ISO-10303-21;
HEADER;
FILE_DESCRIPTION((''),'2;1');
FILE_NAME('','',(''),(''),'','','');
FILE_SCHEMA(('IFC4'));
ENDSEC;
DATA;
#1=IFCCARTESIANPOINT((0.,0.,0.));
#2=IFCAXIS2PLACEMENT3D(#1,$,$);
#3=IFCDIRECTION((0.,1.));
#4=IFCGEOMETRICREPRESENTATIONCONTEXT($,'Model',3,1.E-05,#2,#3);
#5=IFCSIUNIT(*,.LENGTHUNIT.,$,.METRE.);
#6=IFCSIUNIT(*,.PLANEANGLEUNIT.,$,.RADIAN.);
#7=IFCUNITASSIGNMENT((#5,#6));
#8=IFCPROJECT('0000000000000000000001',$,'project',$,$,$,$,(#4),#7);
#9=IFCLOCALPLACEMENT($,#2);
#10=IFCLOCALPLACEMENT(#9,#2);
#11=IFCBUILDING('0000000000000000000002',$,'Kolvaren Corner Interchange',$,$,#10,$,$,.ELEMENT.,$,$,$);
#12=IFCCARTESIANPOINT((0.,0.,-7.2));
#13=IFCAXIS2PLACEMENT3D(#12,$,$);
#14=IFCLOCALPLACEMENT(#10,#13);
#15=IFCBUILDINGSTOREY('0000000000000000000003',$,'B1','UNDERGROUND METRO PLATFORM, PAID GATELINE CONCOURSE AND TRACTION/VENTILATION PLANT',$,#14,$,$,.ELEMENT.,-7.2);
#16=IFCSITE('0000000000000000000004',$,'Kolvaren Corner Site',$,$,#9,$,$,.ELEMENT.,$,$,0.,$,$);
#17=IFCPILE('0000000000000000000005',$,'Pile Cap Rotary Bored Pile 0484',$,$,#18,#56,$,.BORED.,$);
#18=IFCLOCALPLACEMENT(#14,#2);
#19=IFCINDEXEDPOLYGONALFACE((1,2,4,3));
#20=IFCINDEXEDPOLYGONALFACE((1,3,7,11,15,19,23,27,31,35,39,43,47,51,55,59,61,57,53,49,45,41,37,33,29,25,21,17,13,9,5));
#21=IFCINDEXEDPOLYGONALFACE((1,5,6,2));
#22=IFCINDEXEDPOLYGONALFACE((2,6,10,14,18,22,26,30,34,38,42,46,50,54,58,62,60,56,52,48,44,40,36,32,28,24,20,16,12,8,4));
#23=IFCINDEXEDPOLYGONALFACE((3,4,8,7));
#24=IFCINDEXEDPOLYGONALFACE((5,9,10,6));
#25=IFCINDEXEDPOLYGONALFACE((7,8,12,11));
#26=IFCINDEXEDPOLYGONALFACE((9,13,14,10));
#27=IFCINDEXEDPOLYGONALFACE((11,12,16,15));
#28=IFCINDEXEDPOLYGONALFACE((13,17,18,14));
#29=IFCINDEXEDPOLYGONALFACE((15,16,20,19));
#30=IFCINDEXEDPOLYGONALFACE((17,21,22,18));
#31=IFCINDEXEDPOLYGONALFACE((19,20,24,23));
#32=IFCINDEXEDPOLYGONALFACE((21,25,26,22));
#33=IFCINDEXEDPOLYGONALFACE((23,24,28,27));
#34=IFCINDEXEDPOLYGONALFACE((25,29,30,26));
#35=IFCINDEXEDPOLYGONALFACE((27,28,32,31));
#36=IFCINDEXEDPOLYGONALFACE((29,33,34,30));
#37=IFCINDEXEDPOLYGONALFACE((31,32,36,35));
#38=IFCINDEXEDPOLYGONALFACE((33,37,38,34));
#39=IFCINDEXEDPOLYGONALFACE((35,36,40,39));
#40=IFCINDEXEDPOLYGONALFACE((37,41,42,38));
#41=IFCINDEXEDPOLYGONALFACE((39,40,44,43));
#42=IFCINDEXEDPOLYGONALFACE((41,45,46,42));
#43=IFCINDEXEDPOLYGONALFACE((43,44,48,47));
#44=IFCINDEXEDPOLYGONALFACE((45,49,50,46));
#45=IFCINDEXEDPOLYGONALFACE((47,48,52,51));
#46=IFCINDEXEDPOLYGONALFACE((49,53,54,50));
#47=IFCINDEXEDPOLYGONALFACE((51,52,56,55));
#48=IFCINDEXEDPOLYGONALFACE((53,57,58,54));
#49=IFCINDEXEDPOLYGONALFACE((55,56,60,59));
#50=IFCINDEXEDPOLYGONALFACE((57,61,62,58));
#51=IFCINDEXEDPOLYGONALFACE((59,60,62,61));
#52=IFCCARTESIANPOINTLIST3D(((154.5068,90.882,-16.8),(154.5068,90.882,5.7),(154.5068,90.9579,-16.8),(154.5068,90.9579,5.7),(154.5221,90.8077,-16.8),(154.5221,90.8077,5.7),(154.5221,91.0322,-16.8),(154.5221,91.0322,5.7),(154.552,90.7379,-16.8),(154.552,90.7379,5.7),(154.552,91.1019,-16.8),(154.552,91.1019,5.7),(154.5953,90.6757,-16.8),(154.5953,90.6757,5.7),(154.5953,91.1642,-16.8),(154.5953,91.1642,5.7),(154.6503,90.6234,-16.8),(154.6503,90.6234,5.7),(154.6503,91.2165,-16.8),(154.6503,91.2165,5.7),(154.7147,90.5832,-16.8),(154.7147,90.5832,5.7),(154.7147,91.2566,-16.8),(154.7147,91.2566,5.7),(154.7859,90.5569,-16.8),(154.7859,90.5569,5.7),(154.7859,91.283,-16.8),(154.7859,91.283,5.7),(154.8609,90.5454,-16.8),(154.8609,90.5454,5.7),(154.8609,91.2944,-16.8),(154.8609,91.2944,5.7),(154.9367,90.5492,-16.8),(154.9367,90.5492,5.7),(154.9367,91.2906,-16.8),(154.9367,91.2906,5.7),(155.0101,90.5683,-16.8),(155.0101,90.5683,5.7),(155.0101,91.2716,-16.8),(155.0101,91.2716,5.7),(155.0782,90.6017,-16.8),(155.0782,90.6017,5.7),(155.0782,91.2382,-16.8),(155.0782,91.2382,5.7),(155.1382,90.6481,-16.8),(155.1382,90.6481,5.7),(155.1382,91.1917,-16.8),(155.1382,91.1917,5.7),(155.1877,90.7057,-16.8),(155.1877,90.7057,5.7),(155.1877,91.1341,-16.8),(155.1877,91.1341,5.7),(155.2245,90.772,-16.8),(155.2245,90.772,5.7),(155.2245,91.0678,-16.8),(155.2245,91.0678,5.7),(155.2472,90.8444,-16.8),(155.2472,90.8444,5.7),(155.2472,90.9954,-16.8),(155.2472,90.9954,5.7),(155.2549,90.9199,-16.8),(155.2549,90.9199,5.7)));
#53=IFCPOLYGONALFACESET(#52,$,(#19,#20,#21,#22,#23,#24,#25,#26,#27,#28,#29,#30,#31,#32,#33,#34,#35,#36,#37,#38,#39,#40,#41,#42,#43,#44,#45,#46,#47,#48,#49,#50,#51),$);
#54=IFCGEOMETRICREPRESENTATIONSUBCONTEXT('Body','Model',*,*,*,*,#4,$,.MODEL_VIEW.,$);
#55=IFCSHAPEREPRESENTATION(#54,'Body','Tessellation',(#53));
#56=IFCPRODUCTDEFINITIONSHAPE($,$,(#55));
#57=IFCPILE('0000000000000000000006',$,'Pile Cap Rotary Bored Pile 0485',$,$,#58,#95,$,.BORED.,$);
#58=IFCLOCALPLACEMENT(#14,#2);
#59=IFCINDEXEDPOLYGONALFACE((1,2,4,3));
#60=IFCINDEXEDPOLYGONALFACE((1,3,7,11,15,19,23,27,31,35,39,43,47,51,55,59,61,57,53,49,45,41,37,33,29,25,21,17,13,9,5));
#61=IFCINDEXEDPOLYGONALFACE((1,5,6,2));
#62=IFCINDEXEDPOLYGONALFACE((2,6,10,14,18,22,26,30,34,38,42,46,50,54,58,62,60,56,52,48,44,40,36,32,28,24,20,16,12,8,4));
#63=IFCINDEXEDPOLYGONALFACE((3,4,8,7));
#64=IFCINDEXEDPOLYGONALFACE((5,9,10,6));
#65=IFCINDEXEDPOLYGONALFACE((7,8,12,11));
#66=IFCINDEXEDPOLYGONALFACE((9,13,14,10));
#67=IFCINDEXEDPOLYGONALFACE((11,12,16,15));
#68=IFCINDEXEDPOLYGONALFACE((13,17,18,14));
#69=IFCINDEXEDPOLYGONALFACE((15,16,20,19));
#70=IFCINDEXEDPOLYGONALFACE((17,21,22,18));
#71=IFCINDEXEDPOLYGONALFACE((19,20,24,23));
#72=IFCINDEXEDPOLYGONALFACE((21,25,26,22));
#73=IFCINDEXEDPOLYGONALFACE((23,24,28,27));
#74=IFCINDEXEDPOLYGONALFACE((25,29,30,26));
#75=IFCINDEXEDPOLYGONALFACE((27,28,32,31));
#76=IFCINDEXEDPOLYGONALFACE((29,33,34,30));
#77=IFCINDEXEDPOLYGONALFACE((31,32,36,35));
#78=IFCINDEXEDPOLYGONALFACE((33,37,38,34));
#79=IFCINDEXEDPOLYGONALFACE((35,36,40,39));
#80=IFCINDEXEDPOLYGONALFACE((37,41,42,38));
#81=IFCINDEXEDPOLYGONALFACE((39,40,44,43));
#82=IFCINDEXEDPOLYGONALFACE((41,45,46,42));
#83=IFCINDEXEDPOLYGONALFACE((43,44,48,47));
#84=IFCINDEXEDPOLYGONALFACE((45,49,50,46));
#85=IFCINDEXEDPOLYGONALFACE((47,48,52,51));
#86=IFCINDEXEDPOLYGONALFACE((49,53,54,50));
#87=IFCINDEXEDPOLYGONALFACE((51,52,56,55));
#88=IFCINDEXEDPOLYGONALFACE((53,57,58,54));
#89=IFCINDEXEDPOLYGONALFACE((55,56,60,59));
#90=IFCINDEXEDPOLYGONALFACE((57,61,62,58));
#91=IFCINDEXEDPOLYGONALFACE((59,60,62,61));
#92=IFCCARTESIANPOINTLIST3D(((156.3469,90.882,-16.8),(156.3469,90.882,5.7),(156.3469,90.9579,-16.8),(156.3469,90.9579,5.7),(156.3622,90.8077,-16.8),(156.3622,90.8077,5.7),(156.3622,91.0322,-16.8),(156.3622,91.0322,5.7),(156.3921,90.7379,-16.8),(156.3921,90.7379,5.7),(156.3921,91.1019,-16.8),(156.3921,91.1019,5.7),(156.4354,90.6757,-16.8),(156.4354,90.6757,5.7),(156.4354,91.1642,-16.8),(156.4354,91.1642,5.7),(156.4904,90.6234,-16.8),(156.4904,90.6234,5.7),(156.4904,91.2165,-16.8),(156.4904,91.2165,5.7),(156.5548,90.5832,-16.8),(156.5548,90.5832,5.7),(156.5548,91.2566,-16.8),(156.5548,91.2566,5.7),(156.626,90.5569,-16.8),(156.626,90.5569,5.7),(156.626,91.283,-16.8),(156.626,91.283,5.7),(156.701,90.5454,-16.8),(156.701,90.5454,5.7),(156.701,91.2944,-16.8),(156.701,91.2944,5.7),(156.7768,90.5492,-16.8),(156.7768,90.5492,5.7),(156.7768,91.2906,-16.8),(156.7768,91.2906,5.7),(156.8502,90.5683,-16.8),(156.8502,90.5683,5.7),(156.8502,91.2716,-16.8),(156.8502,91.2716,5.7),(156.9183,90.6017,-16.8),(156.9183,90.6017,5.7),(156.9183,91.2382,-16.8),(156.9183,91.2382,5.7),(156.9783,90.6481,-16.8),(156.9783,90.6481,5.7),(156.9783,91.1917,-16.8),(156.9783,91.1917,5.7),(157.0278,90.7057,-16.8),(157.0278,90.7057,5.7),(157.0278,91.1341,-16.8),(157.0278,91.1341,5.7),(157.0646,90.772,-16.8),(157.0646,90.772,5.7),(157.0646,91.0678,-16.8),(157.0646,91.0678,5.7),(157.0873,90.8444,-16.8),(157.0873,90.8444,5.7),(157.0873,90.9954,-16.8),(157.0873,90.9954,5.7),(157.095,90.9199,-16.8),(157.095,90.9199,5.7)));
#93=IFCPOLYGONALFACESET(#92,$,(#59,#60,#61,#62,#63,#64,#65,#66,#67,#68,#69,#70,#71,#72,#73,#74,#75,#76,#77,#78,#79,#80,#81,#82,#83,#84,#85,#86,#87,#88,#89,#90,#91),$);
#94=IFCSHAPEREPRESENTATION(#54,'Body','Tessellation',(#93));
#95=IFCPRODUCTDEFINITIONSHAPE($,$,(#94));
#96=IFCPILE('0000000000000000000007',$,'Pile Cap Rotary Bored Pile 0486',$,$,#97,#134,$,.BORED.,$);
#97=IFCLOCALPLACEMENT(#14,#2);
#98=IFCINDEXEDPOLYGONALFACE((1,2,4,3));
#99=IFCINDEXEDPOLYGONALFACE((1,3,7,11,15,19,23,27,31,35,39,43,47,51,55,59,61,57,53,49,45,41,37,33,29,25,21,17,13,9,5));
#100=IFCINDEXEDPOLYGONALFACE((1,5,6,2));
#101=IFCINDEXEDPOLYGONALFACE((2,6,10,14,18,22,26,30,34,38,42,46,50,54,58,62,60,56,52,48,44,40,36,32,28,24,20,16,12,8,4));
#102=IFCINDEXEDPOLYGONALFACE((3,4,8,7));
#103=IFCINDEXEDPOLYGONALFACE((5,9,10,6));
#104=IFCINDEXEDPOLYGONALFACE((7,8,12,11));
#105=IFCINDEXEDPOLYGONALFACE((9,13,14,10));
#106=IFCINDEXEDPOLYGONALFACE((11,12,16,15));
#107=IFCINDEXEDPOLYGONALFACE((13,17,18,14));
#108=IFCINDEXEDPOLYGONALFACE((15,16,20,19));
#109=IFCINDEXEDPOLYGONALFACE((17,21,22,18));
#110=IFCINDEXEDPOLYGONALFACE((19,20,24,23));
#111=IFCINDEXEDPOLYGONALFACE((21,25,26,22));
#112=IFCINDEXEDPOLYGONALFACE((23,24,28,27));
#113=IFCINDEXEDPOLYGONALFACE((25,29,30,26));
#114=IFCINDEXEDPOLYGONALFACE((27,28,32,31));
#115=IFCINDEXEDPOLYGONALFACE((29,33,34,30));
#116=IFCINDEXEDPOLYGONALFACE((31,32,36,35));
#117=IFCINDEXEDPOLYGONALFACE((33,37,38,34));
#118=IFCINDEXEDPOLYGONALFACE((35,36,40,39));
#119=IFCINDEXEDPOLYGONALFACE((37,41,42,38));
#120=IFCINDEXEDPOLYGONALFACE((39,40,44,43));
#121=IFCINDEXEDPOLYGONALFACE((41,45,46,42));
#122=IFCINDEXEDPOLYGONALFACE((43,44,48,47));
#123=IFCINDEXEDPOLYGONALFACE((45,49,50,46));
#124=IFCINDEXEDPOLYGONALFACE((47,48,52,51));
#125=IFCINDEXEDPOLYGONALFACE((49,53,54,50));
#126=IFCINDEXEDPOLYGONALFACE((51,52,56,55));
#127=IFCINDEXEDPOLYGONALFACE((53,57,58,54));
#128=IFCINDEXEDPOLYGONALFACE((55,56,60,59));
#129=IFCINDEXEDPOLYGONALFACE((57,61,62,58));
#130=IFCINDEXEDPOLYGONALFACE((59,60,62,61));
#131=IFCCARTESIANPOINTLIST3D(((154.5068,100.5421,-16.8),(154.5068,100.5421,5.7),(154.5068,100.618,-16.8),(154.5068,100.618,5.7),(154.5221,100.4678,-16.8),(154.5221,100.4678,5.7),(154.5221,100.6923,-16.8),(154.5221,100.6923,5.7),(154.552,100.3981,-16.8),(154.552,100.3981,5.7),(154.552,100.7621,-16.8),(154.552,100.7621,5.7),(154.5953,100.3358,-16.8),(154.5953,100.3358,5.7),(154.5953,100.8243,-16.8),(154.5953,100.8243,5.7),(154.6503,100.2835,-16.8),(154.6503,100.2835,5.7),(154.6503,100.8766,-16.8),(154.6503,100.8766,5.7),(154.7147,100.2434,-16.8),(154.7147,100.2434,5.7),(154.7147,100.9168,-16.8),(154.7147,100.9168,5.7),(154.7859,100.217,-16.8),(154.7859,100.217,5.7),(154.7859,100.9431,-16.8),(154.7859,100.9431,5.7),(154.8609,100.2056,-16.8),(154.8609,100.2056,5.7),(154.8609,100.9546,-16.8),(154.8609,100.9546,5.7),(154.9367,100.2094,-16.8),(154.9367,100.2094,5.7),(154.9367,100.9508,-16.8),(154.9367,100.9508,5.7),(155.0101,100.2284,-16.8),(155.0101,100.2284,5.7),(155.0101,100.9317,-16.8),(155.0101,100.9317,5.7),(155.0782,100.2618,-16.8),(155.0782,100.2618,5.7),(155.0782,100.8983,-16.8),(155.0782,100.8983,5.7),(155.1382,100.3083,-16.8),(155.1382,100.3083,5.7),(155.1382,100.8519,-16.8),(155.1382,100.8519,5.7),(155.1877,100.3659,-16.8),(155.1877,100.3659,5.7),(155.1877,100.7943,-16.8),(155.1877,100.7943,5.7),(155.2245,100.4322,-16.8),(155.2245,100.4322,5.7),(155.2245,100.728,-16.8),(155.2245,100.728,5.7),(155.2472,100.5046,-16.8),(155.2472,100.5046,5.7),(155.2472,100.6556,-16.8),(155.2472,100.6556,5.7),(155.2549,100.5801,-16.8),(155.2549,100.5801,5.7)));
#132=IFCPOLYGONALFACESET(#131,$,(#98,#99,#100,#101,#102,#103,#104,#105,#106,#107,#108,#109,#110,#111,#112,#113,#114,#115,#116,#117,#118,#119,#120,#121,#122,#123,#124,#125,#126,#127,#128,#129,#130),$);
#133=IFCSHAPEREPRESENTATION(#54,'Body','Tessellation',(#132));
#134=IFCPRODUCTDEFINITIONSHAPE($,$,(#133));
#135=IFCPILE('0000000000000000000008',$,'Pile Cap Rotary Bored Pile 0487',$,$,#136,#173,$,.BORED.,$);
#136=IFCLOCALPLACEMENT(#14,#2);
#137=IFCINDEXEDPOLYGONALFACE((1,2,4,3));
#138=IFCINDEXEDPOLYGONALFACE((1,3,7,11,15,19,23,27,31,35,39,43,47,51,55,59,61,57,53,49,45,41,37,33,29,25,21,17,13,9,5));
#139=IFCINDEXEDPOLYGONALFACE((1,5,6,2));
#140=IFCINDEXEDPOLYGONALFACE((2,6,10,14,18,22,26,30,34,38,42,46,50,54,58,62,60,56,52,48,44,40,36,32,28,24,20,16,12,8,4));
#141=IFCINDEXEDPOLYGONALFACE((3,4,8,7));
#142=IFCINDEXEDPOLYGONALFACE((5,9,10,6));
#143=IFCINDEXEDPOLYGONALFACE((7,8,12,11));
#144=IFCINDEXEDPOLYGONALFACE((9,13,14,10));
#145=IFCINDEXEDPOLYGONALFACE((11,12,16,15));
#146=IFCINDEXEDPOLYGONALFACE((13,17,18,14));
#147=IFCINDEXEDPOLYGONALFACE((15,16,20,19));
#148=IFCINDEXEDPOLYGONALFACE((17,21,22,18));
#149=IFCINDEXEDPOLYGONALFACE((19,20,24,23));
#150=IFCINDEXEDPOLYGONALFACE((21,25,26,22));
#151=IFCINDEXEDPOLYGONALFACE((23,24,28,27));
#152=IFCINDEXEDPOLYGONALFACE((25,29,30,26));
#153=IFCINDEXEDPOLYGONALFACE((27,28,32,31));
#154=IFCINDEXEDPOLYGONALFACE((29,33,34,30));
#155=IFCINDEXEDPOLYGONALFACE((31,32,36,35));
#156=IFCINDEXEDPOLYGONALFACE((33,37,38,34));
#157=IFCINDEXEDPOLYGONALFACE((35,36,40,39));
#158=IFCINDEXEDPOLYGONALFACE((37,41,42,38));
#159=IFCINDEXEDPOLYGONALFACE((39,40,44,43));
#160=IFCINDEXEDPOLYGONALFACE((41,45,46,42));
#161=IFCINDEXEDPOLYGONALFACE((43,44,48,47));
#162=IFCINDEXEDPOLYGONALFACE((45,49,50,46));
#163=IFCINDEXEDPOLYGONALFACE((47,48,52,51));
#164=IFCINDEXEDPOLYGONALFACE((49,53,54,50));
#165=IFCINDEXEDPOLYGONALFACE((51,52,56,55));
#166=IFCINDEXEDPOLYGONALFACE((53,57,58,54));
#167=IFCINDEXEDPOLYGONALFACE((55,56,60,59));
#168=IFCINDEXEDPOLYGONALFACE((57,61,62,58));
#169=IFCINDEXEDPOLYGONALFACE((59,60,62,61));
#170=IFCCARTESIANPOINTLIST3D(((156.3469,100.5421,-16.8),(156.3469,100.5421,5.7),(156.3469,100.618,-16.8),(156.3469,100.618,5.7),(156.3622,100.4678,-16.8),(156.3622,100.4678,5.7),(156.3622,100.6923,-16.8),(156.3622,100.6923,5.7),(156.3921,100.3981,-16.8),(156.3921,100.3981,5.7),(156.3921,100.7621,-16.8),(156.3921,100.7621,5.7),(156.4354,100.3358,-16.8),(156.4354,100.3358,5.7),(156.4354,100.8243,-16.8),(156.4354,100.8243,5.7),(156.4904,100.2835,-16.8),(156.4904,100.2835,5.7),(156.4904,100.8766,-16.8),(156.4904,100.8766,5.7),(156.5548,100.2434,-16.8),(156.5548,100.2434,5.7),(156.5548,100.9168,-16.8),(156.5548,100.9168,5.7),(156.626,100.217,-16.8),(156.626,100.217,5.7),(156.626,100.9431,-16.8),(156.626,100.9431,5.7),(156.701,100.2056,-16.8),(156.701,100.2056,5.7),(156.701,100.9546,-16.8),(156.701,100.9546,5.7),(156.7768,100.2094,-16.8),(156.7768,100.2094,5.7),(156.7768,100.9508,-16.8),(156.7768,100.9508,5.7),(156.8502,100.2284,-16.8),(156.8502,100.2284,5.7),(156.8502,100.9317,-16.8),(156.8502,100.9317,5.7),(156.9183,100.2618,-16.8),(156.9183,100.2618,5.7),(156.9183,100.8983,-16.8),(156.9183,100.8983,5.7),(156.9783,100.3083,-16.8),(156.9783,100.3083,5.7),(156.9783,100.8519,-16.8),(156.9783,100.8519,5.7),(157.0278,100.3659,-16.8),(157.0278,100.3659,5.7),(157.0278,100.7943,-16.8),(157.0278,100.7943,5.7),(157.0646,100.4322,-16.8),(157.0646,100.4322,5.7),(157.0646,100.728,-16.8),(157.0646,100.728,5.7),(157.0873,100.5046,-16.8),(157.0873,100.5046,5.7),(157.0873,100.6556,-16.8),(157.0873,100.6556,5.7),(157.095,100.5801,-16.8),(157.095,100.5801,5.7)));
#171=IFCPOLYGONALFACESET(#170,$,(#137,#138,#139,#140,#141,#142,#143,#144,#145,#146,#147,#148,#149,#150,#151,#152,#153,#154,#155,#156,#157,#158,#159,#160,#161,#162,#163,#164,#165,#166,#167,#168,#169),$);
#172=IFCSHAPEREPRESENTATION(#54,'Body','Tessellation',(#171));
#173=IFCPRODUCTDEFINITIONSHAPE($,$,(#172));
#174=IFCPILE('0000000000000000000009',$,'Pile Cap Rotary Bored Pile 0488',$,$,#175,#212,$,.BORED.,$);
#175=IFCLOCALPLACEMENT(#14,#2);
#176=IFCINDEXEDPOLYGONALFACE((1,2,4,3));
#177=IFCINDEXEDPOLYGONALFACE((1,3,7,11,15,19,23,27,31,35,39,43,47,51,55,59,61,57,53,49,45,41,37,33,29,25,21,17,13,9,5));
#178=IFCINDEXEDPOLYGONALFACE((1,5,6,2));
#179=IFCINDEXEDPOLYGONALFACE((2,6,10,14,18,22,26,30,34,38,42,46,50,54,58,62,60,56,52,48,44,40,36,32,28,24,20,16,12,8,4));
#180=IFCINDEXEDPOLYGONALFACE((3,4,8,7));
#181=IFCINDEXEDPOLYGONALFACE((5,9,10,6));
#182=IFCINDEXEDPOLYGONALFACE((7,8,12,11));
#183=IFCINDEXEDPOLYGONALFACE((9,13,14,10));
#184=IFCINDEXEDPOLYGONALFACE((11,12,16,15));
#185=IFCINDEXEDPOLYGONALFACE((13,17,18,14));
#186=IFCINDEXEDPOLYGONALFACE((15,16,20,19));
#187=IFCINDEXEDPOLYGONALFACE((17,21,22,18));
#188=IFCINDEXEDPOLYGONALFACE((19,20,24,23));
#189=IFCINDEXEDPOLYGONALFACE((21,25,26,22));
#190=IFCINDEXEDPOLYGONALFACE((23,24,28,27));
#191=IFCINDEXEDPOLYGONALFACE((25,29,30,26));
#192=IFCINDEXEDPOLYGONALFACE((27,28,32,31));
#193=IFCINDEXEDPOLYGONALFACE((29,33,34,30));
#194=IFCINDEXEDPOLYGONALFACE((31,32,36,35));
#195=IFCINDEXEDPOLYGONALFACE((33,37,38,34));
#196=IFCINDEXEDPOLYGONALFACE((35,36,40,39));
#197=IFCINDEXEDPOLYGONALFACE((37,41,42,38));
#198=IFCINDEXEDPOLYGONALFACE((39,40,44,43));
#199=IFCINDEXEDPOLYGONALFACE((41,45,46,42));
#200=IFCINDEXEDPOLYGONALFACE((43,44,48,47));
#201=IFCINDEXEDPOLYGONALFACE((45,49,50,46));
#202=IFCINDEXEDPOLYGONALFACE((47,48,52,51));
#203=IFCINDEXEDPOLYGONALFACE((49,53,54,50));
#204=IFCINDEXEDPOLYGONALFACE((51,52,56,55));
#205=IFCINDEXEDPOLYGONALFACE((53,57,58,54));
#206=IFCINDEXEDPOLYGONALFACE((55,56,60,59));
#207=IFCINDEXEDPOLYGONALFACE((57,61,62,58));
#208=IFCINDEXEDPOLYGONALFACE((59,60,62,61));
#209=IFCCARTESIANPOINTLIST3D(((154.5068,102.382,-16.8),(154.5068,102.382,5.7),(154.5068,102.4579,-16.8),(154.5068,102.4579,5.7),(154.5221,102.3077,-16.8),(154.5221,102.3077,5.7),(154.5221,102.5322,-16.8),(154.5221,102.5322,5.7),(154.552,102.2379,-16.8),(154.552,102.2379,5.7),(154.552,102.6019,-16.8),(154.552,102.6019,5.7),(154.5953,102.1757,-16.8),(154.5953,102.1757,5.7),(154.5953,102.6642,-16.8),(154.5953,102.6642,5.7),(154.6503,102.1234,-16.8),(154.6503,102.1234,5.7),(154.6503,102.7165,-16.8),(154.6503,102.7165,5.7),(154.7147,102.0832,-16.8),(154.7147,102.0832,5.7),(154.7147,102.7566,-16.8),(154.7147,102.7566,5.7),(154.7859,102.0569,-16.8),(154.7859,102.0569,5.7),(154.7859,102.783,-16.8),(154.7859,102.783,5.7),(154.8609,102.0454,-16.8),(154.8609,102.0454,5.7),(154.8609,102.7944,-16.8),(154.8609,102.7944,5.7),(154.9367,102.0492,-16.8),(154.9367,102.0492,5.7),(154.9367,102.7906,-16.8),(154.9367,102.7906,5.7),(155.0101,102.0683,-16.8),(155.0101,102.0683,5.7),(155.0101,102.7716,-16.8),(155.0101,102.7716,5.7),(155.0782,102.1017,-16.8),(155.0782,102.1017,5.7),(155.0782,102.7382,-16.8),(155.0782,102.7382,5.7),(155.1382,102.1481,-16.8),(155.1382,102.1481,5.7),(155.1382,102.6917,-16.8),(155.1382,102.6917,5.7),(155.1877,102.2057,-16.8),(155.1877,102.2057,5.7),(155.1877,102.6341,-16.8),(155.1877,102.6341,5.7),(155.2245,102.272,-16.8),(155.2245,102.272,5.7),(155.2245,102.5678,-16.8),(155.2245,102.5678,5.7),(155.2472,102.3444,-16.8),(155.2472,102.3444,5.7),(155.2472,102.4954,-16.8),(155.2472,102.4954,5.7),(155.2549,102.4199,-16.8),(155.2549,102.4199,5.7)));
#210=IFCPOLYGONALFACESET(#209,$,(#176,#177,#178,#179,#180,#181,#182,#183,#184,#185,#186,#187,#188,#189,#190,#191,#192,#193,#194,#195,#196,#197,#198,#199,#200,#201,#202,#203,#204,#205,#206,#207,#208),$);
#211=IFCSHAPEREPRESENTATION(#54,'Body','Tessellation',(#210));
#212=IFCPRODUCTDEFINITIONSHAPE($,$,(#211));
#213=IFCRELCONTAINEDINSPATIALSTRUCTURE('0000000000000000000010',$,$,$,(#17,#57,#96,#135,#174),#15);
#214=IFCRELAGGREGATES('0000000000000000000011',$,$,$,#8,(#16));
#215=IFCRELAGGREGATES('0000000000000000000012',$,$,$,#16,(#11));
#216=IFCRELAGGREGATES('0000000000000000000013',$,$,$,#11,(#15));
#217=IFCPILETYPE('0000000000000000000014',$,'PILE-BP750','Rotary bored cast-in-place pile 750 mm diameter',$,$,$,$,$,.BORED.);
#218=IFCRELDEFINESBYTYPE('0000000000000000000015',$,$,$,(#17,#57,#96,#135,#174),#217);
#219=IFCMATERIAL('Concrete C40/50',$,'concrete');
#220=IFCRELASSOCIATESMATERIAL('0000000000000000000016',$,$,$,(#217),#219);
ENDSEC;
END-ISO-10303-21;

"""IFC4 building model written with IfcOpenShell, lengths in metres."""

from ifc_helpers import new_model, si_unit, direction, frame, origin, origin_2d, place, context, subcontext, project, spatial, circle, extrude, material, material_profile, profile_set, type_object, element, save


model = new_model("IFC4")

# Units and contexts
model_context = context("Model", 3, precision=1e-05, world=origin(), true_north=direction((0.0, 1.0)))
body_context = subcontext(model_context, "Body", "Model", "MODEL_VIEW")
ifc_project = project(units=[si_unit("LENGTHUNIT", "METRE"), si_unit("PLANEANGLEUNIT", "RADIAN")], contexts=[model_context])

# Site, building, storey
site_placement = place(None, origin())
site = spatial("IfcSite", under=ifc_project, at=site_placement, Name="Kolvaren Corner Site", CompositionType="ELEMENT", RefElevation=0.0)
building_placement = place(site_placement, origin())
building = spatial("IfcBuilding", under=site, at=building_placement, Name="Kolvaren Corner Interchange", CompositionType="ELEMENT")
storey_placement = place(building_placement, frame((0.0, 0.0, -7.2)))
storey = spatial("IfcBuildingStorey", under=building, at=storey_placement, Name="B1", Description="UNDERGROUND METRO PLATFORM, PAID GATELINE CONCOURSE AND TRACTION/VENTILATION PLANT", CompositionType="ELEMENT", Elevation=-7.2)

# Piles
ifc_material_1 = material(Name="Concrete C40/50", Category="concrete")
ifc_material_profile_1 = material_profile(ifc_material_1, circle(Radius=0.375, at=origin_2d()), Name="BORED PILE 750")
ifc_profile_set_1 = profile_set([ifc_material_profile_1], Name="Concrete C40/50")
pile_type_1 = type_object("IfcPileType", Name="PILE-BP750", Description="Rotary bored cast-in-place pile 750 mm diameter", PredefinedType="BORED", material=ifc_profile_set_1)
for number, where, z_axis, x_axis, name in (
    (1, (154.8799, 90.9199, 5.7), (0.0, 0.0, -1.0), (1.0, 0.0, 0.0), "Pile Cap Rotary Bored Pile 0484"),
    (2, (156.72, 90.9199, 5.7), (0.0, 0.0, -1.0), (1.0, 0.0, 0.0), "Pile Cap Rotary Bored Pile 0485"),
    (3, (154.8799, 100.5801, 5.7), (0.0, 0.0, -1.0), (1.0, 0.0, 0.0), "Pile Cap Rotary Bored Pile 0486"),
    (4, (156.72, 100.5801, 5.7), (0.0, 0.0, -1.0), (1.0, 0.0, 0.0), "Pile Cap Rotary Bored Pile 0487"),
    (5, (154.8799, 102.4199, 5.7), (0.0, 0.0, -1.0), (1.0, 0.0, 0.0), "Pile Cap Rotary Bored Pile 0488"),
):
    element("IfcPile", number, at=place(storey_placement, frame(where, z_axis=z_axis, x_axis=x_axis)), inside=storey, type_object=pile_type_1, Name=name, PredefinedType="BORED", context=body_context, shape_type="SweptSolid", body=[
        extrude(circle(Radius=0.375, at=origin_2d()), origin(), (0.0, 0.0, 1.0), 22.5),
    ])

save(model, "model.ifc")
